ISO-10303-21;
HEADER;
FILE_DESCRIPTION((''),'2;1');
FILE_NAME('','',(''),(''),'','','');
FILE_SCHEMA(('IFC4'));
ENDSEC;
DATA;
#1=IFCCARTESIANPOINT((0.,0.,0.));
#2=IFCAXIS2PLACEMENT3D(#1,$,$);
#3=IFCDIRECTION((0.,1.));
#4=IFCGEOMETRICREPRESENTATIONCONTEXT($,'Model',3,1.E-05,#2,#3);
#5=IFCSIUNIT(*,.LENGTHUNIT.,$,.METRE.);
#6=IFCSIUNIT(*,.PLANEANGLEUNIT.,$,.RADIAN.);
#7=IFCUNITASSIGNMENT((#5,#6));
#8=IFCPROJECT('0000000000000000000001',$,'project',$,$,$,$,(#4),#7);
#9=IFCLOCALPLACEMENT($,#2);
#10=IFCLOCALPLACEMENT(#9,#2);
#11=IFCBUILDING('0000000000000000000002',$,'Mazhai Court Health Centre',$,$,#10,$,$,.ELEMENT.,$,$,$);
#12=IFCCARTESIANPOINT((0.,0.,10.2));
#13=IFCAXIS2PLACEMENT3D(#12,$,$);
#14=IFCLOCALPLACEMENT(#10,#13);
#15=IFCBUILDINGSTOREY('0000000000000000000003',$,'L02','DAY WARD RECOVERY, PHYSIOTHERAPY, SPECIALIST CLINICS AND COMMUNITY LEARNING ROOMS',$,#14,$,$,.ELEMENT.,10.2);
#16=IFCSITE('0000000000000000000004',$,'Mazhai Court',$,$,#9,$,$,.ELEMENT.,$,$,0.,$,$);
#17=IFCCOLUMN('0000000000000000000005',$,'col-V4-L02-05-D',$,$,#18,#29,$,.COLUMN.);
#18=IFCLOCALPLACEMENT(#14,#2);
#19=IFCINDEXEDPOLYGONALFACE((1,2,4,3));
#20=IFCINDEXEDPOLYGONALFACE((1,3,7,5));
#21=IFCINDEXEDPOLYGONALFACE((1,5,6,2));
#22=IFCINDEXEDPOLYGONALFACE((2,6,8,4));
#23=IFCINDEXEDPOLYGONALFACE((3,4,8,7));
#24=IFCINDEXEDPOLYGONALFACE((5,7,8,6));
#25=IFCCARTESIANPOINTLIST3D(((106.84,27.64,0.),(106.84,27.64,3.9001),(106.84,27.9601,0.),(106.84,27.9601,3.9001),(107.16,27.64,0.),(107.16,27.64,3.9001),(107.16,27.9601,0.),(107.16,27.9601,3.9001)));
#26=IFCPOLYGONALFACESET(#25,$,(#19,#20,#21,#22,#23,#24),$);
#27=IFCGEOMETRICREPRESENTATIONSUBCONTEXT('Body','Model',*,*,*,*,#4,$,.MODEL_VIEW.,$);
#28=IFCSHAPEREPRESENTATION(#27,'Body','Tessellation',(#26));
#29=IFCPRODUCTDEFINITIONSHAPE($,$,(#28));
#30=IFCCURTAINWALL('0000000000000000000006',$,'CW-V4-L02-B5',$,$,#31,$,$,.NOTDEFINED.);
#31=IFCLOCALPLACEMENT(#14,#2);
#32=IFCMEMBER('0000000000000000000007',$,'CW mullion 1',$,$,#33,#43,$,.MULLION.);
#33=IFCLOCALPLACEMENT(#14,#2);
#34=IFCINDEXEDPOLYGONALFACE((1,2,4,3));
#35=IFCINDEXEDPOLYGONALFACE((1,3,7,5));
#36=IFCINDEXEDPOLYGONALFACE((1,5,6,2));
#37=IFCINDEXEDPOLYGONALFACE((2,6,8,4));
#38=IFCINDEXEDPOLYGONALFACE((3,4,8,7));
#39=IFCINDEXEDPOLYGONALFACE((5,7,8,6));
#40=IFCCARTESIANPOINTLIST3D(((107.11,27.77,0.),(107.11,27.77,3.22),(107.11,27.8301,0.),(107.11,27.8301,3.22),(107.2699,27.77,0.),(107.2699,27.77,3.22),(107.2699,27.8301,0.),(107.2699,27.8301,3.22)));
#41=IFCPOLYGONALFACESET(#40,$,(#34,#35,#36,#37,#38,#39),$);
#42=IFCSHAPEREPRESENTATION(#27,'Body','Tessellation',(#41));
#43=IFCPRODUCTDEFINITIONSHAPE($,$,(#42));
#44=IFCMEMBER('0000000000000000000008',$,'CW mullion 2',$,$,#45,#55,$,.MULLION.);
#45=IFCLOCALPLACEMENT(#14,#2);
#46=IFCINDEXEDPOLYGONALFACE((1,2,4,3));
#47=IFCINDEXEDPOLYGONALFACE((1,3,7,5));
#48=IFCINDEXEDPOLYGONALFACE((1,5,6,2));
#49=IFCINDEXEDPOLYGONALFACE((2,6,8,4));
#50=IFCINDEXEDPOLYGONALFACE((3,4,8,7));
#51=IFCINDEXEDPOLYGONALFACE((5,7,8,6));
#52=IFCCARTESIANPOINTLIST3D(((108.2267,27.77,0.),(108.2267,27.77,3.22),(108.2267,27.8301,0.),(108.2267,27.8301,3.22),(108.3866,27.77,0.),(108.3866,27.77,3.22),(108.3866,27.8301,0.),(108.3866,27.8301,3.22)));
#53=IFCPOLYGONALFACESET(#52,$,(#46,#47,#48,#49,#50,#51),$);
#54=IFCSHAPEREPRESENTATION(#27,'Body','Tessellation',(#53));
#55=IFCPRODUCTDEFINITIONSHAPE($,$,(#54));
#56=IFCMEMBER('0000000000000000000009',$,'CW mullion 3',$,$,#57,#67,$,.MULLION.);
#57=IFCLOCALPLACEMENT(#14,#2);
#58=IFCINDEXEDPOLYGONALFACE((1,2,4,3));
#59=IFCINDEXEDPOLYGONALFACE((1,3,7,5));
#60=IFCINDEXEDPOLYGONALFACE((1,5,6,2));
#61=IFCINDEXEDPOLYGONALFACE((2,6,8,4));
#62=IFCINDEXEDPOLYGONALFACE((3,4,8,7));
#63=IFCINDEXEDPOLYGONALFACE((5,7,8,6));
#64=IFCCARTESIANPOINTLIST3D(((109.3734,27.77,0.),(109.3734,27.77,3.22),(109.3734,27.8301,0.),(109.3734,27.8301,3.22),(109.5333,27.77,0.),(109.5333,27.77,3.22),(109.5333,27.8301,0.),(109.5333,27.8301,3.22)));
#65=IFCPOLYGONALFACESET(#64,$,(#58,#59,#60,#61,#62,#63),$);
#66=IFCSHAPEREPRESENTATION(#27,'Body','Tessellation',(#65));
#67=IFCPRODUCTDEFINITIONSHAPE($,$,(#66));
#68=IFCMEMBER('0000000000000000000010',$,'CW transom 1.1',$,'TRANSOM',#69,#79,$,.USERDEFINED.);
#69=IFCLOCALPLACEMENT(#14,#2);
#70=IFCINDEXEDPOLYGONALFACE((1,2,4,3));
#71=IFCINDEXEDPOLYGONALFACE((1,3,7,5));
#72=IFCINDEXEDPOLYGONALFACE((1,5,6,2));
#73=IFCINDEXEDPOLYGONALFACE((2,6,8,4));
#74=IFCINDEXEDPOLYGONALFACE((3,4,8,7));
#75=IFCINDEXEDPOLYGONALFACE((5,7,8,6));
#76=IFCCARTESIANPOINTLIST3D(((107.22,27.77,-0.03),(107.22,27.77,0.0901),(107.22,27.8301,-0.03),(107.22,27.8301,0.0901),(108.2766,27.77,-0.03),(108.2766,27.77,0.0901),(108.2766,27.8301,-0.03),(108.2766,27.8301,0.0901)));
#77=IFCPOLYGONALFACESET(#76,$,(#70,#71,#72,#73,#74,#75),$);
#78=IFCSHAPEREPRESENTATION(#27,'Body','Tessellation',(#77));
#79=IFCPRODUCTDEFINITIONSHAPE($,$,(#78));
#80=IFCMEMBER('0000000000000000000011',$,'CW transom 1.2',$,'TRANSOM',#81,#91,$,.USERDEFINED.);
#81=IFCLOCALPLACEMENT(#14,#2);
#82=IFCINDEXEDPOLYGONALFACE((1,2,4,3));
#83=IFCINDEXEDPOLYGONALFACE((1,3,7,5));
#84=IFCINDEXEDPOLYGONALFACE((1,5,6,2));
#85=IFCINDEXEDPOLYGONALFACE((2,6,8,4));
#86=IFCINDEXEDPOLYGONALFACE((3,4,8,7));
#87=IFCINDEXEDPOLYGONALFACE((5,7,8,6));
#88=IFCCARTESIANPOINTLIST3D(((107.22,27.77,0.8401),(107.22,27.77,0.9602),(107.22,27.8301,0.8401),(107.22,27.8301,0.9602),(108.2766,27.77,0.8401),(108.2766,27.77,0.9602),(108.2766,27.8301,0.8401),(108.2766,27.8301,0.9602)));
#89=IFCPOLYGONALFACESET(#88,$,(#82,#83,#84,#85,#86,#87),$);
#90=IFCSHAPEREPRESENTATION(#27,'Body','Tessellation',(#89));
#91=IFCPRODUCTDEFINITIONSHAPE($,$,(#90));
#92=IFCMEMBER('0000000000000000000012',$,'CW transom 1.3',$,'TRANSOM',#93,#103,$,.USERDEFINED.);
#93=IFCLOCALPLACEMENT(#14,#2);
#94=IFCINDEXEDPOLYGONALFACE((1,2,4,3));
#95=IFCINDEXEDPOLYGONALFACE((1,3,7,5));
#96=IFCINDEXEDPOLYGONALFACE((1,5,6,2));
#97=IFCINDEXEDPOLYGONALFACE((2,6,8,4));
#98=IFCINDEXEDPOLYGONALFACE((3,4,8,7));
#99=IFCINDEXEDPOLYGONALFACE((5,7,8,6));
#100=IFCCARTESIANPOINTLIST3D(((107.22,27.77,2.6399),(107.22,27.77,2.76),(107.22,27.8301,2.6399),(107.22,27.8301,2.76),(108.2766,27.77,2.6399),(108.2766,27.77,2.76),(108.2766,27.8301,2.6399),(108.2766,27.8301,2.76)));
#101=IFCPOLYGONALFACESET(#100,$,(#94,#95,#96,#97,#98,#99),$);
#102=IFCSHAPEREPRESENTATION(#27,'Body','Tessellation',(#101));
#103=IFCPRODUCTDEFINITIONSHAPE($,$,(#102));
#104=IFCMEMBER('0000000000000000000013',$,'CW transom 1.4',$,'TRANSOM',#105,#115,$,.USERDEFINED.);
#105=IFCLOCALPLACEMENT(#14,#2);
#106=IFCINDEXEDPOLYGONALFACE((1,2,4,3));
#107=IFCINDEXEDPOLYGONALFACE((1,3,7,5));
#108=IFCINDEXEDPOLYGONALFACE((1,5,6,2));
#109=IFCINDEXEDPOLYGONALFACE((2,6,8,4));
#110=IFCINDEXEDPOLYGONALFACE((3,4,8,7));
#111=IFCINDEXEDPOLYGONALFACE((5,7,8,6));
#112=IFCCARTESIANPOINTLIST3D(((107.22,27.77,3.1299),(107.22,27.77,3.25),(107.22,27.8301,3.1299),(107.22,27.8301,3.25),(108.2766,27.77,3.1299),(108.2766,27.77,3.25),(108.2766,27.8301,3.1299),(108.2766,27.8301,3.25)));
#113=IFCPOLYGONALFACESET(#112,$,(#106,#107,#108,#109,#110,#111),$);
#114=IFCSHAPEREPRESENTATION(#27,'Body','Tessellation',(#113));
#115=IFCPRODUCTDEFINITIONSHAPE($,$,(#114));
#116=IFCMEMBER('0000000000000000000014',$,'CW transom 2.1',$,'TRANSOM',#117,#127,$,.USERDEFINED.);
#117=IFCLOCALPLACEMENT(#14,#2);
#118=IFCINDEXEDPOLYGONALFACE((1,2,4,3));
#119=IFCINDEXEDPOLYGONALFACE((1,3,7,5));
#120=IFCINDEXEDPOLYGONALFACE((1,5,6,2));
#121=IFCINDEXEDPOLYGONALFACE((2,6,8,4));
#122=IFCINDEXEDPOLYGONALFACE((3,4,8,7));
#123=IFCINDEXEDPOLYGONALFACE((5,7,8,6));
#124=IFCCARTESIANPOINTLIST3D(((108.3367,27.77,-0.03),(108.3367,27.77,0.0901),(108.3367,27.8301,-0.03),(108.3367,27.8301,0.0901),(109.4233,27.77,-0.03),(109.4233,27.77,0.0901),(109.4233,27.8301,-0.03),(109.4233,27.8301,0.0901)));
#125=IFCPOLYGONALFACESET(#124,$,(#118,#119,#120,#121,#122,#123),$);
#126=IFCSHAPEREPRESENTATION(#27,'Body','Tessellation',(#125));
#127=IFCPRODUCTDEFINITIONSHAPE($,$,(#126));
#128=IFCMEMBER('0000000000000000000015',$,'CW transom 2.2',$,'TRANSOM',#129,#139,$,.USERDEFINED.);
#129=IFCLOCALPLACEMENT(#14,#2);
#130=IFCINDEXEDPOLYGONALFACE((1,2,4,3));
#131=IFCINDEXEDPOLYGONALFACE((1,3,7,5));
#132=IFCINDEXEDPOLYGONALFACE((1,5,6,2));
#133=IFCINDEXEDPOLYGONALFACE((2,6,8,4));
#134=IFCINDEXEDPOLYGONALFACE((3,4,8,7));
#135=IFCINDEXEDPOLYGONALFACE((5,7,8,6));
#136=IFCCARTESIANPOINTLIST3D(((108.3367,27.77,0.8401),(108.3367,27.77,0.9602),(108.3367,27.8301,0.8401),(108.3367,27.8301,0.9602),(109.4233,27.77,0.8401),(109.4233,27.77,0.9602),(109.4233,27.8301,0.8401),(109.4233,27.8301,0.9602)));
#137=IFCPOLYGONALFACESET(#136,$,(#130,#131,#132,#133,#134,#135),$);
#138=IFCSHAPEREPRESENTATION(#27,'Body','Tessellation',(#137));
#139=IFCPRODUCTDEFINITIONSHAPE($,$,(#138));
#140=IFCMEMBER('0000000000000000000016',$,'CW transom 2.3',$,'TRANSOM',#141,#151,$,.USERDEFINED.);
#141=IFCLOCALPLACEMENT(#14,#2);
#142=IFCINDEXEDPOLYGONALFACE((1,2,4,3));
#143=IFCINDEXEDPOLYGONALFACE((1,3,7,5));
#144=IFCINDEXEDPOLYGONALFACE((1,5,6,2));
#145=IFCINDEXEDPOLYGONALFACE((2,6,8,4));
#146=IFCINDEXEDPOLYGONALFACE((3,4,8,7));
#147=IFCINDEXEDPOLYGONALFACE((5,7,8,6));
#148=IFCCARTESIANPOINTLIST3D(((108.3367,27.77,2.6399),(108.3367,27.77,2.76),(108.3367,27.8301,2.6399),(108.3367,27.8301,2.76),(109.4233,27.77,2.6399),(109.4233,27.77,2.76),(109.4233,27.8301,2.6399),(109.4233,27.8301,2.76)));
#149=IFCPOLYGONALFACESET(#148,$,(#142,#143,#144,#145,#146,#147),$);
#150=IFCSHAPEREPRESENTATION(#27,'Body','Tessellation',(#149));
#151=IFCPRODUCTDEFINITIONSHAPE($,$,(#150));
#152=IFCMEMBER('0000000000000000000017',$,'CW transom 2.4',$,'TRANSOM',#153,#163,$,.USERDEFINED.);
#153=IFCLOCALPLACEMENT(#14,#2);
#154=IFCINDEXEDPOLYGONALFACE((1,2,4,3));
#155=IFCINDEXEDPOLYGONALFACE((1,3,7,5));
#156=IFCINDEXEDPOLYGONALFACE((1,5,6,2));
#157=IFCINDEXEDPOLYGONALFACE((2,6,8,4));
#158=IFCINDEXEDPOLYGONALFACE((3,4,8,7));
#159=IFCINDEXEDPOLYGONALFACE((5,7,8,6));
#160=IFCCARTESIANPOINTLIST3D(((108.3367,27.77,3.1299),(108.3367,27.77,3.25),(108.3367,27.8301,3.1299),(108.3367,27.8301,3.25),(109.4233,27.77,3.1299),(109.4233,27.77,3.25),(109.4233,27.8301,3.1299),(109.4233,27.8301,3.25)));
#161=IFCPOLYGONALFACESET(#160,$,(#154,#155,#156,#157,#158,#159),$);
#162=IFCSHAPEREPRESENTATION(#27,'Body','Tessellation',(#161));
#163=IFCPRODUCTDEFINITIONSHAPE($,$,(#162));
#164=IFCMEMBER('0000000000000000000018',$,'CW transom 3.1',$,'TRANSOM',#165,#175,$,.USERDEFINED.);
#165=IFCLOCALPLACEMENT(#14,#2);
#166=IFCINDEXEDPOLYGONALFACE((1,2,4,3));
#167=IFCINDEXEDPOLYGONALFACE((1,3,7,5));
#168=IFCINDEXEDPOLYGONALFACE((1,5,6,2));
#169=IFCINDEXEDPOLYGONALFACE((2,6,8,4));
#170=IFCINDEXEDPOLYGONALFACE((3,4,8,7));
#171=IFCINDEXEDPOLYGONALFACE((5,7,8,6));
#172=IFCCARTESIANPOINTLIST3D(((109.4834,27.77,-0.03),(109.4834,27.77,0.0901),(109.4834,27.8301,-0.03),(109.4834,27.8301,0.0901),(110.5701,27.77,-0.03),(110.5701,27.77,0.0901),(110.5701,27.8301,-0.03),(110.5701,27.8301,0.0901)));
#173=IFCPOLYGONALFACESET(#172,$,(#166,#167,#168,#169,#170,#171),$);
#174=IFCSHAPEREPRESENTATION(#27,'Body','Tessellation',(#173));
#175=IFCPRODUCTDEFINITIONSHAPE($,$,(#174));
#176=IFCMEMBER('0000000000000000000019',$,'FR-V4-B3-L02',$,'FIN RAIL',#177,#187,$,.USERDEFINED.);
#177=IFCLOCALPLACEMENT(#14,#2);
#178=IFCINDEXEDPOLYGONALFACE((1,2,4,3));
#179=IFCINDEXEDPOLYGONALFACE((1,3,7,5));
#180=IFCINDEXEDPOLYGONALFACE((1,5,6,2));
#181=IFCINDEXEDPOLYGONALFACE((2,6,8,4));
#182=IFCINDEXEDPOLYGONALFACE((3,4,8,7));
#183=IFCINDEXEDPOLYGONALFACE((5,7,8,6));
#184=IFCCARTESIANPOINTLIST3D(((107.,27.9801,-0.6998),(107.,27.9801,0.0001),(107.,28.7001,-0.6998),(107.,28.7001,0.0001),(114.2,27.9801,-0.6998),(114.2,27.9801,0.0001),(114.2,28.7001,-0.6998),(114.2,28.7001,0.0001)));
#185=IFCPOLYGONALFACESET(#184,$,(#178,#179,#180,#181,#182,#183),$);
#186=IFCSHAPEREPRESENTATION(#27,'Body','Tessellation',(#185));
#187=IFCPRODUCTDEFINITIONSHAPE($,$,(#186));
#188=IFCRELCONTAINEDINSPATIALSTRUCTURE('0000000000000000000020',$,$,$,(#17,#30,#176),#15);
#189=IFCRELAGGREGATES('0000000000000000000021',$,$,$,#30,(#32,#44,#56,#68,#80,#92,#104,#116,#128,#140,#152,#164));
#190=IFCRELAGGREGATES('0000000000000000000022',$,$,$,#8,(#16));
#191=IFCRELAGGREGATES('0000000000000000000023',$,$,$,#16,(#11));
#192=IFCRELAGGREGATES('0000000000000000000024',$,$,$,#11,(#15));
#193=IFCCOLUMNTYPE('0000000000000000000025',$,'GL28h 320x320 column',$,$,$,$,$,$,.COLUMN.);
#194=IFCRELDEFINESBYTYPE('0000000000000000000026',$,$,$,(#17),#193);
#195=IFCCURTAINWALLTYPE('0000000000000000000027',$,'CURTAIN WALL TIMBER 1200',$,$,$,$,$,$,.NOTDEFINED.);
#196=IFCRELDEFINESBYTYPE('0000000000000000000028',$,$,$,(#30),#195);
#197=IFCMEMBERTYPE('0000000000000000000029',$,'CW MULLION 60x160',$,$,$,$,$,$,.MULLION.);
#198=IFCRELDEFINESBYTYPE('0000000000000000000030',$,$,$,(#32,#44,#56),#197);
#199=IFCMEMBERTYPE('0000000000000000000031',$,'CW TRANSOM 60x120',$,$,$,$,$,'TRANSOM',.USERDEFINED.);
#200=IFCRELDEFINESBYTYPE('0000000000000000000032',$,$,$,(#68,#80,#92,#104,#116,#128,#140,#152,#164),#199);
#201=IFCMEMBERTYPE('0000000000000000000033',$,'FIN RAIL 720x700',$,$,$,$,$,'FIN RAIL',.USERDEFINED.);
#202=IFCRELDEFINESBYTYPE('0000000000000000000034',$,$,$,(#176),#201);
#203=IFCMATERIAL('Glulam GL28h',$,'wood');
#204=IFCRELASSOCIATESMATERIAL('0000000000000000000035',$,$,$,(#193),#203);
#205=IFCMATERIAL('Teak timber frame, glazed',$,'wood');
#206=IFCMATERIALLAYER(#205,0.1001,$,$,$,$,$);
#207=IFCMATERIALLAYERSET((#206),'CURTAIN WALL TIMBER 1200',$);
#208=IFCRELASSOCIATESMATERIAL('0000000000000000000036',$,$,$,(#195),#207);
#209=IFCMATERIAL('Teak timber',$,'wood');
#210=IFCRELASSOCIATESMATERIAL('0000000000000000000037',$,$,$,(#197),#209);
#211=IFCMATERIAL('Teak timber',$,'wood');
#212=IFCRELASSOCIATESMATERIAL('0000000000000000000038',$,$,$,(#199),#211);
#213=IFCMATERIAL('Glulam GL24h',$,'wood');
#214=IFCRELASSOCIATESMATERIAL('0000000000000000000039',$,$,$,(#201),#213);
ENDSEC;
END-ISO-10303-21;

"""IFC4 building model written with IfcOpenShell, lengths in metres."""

from ifc_helpers import new_model, si_unit, direction, frame, origin, origin_2d, place, context, subcontext, project, spatial, rectangle, extrude, material, layer, layer_set, material_profile, profile_set, type_object, element, aggregate, save


model = new_model("IFC4")

# Units and contexts
model_context = context("Model", 3, precision=1e-05, world=origin(), true_north=direction((0.0, 1.0)))
body_context = subcontext(model_context, "Body", "Model", "MODEL_VIEW")
ifc_project = project(units=[si_unit("LENGTHUNIT", "METRE"), si_unit("PLANEANGLEUNIT", "RADIAN")], contexts=[model_context])

# Site, building, storey
site_placement = place(None, origin())
site = spatial("IfcSite", under=ifc_project, at=site_placement, Name="Mazhai Court", CompositionType="ELEMENT", RefElevation=0.0)
building_placement = place(site_placement, origin())
building = spatial("IfcBuilding", under=site, at=building_placement, Name="Mazhai Court Health Centre", CompositionType="ELEMENT")
storey_placement = place(building_placement, frame((0.0, 0.0, 10.2)))
storey = spatial("IfcBuildingStorey", under=building, at=storey_placement, Name="L02", Description="DAY WARD RECOVERY, PHYSIOTHERAPY, SPECIALIST CLINICS AND COMMUNITY LEARNING ROOMS", CompositionType="ELEMENT", Elevation=10.2)

# Column
ifc_material_1 = material(Name="Glulam GL28h", Category="wood")
ifc_material_profile_1 = material_profile(ifc_material_1, rectangle(XDim=0.3201, YDim=0.3201, at=origin_2d()), Name="GL28h 320x320")
ifc_profile_set_1 = profile_set([ifc_material_profile_1], Name="Glulam GL28h")
column_type = type_object("IfcColumnType", Name="GL28h 320x320 column", PredefinedType="COLUMN", material=ifc_profile_set_1)
column_placement = place(storey_placement, frame((107.0, 27.8, 0.0), z_axis=(0.0, 0.0, 1.0), x_axis=(1.0, 0.0, 0.0)))
element("IfcColumn", 1, at=column_placement, inside=storey, type_object=column_type, Name="col-V4-L02-05-D", PredefinedType="COLUMN", context=body_context, shape_type="SweptSolid", body=[
    extrude(rectangle(XDim=0.3201, YDim=0.3201, at=origin_2d()), origin(), (0.0, 0.0, 1.0), 3.9001),
])

# Curtain wall, members
ifc_material_2 = material(Name="Teak timber frame, glazed", Category="wood")
ifc_layer_1 = layer(ifc_material_2, 0.1001)
ifc_layer_set_1 = layer_set([ifc_layer_1], Name="CURTAIN WALL TIMBER 1200")
curtain_wall_type = type_object("IfcCurtainWallType", Name="CURTAIN WALL TIMBER 1200", PredefinedType="NOTDEFINED", material=ifc_layer_set_1)
curtain_wall_placement = place(storey_placement, origin())
curtain_wall = element("IfcCurtainWall", 2, at=curtain_wall_placement, inside=storey, type_object=curtain_wall_type, Name="CW-V4-L02-B5", PredefinedType="NOTDEFINED")
ifc_material_3 = material(Name="Teak timber", Category="wood")
ifc_material_profile_2 = material_profile(ifc_material_3, rectangle(XDim=0.0601, YDim=0.1599, at=origin_2d()), Name="CW MULLION 60x160")
ifc_profile_set_2 = profile_set([ifc_material_profile_2], Name="Teak timber")
member_type_1 = type_object("IfcMemberType", Name="CW MULLION 60x160", PredefinedType="MULLION", material=ifc_profile_set_2)
member_1_placement = place(storey_placement, frame((107.1899, 27.8, 0.0), z_axis=(0.0, 0.0, 1.0), x_axis=(0.0, 1.0, 0.0)))
member_1 = element("IfcMember", 3, at=member_1_placement, type_object=member_type_1, Name="CW mullion 1", PredefinedType="MULLION", context=body_context, shape_type="SweptSolid", body=[
    extrude(rectangle(XDim=0.0601, YDim=0.1599, at=origin_2d()), origin(), (0.0, 0.0, 1.0), 3.22),
])
member_2_placement = place(storey_placement, frame((108.3066, 27.8, 0.0), z_axis=(0.0, 0.0, 1.0), x_axis=(0.0, 1.0, 0.0)))
member_2 = element("IfcMember", 4, at=member_2_placement, type_object=member_type_1, Name="CW mullion 2", PredefinedType="MULLION", context=body_context, shape_type="SweptSolid", body=[
    extrude(rectangle(XDim=0.0601, YDim=0.1599, at=origin_2d()), origin(), (0.0, 0.0, 1.0), 3.22),
])
member_3_placement = place(storey_placement, frame((109.4534, 27.8, 0.0), z_axis=(0.0, 0.0, 1.0), x_axis=(0.0, 1.0, 0.0)))
member_3 = element("IfcMember", 5, at=member_3_placement, type_object=member_type_1, Name="CW mullion 3", PredefinedType="MULLION", context=body_context, shape_type="SweptSolid", body=[
    extrude(rectangle(XDim=0.0601, YDim=0.1599, at=origin_2d()), origin(), (0.0, 0.0, 1.0), 3.22),
])
ifc_material_4 = material(Name="Teak timber", Category="wood")
ifc_material_profile_3 = material_profile(ifc_material_4, rectangle(XDim=0.0601, YDim=0.1201, at=origin_2d()), Name="CW TRANSOM 60x120")
ifc_profile_set_3 = profile_set([ifc_material_profile_3], Name="Teak timber")
member_type_2 = type_object("IfcMemberType", Name="CW TRANSOM 60x120", ElementType="TRANSOM", PredefinedType="USERDEFINED", material=ifc_profile_set_3)
member_4_placement = place(storey_placement, frame((107.22, 27.8, 0.03), z_axis=(1.0, 0.0, 0.0), x_axis=(0.0, 1.0, 0.0)))
member_4 = element("IfcMember", 6, at=member_4_placement, type_object=member_type_2, Name="CW transom 1.1", ObjectType="TRANSOM", PredefinedType="USERDEFINED", context=body_context, shape_type="SweptSolid", body=[
    extrude(rectangle(XDim=0.0601, YDim=0.1201, at=origin_2d()), origin(), (0.0, 0.0, 1.0), 1.0566),
])
member_5_placement = place(storey_placement, frame((107.22, 27.8, 0.9001), z_axis=(1.0, 0.0, 0.0), x_axis=(0.0, 1.0, 0.0)))
member_5 = element("IfcMember", 7, at=member_5_placement, type_object=member_type_2, Name="CW transom 1.2", ObjectType="TRANSOM", PredefinedType="USERDEFINED", context=body_context, shape_type="SweptSolid", body=[
    extrude(rectangle(XDim=0.0601, YDim=0.1201, at=origin_2d()), origin(), (0.0, 0.0, 1.0), 1.0566),
])
member_6_placement = place(storey_placement, frame((107.22, 27.8, 2.7), z_axis=(1.0, 0.0, 0.0), x_axis=(0.0, 1.0, 0.0)))
member_6 = element("IfcMember", 8, at=member_6_placement, type_object=member_type_2, Name="CW transom 1.3", ObjectType="TRANSOM", PredefinedType="USERDEFINED", context=body_context, shape_type="SweptSolid", body=[
    extrude(rectangle(XDim=0.0601, YDim=0.1201, at=origin_2d()), origin(), (0.0, 0.0, 1.0), 1.0566),
])
member_7_placement = place(storey_placement, frame((107.22, 27.8, 3.1899), z_axis=(1.0, 0.0, 0.0), x_axis=(0.0, 1.0, 0.0)))
member_7 = element("IfcMember", 9, at=member_7_placement, type_object=member_type_2, Name="CW transom 1.4", ObjectType="TRANSOM", PredefinedType="USERDEFINED", context=body_context, shape_type="SweptSolid", body=[
    extrude(rectangle(XDim=0.0601, YDim=0.1201, at=origin_2d()), origin(), (0.0, 0.0, 1.0), 1.0566),
])
member_8_placement = place(storey_placement, frame((108.3367, 27.8, 0.03), z_axis=(1.0, 0.0, 0.0), x_axis=(0.0, 1.0, 0.0)))
member_8 = element("IfcMember", 10, at=member_8_placement, type_object=member_type_2, Name="CW transom 2.1", ObjectType="TRANSOM", PredefinedType="USERDEFINED", context=body_context, shape_type="SweptSolid", body=[
    extrude(rectangle(XDim=0.0601, YDim=0.1201, at=origin_2d()), origin(), (0.0, 0.0, 1.0), 1.0867),
])
member_9_placement = place(storey_placement, frame((108.3367, 27.8, 0.9001), z_axis=(1.0, 0.0, 0.0), x_axis=(0.0, 1.0, 0.0)))
member_9 = element("IfcMember", 11, at=member_9_placement, type_object=member_type_2, Name="CW transom 2.2", ObjectType="TRANSOM", PredefinedType="USERDEFINED", context=body_context, shape_type="SweptSolid", body=[
    extrude(rectangle(XDim=0.0601, YDim=0.1201, at=origin_2d()), origin(), (0.0, 0.0, 1.0), 1.0867),
])
member_10_placement = place(storey_placement, frame((108.3367, 27.8, 2.7), z_axis=(1.0, 0.0, 0.0), x_axis=(0.0, 1.0, 0.0)))
member_10 = element("IfcMember", 12, at=member_10_placement, type_object=member_type_2, Name="CW transom 2.3", ObjectType="TRANSOM", PredefinedType="USERDEFINED", context=body_context, shape_type="SweptSolid", body=[
    extrude(rectangle(XDim=0.0601, YDim=0.1201, at=origin_2d()), origin(), (0.0, 0.0, 1.0), 1.0867),
])
member_11_placement = place(storey_placement, frame((108.3367, 27.8, 3.1899), z_axis=(1.0, 0.0, 0.0), x_axis=(0.0, 1.0, 0.0)))
member_11 = element("IfcMember", 13, at=member_11_placement, type_object=member_type_2, Name="CW transom 2.4", ObjectType="TRANSOM", PredefinedType="USERDEFINED", context=body_context, shape_type="SweptSolid", body=[
    extrude(rectangle(XDim=0.0601, YDim=0.1201, at=origin_2d()), origin(), (0.0, 0.0, 1.0), 1.0867),
])
member_12_placement = place(storey_placement, frame((109.4834, 27.8, 0.03), z_axis=(1.0, 0.0, 0.0), x_axis=(0.0, 1.0, 0.0)))
member_12 = element("IfcMember", 14, at=member_12_placement, type_object=member_type_2, Name="CW transom 3.1", ObjectType="TRANSOM", PredefinedType="USERDEFINED", context=body_context, shape_type="SweptSolid", body=[
    extrude(rectangle(XDim=0.0601, YDim=0.1201, at=origin_2d()), origin(), (0.0, 0.0, 1.0), 1.0867),
])

# Member
ifc_material_5 = material(Name="Glulam GL24h", Category="wood")
ifc_material_profile_4 = material_profile(ifc_material_5, rectangle(XDim=0.72, YDim=0.7, at=origin_2d()), Name="FIN RAIL 720x700")
ifc_profile_set_4 = profile_set([ifc_material_profile_4], Name="Glulam GL24h")
member_type_3 = type_object("IfcMemberType", Name="FIN RAIL 720x700", ElementType="FIN RAIL", PredefinedType="USERDEFINED", material=ifc_profile_set_4)
member_13_placement = place(storey_placement, frame((107.0, 28.3401, -0.3499), z_axis=(1.0, 0.0, 0.0), x_axis=(0.0, 1.0, 0.0)))
element("IfcMember", 15, at=member_13_placement, inside=storey, type_object=member_type_3, Name="FR-V4-B3-L02", ObjectType="FIN RAIL", PredefinedType="USERDEFINED", context=body_context, shape_type="SweptSolid", body=[
    extrude(rectangle(XDim=0.72, YDim=0.7, at=origin_2d()), origin(), (0.0, 0.0, 1.0), 7.2),
])

aggregate(curtain_wall, [member_1, member_2, member_3, member_4, member_5, member_6, member_7, member_8, member_9, member_10, member_11, member_12])

save(model, "model.ifc")
